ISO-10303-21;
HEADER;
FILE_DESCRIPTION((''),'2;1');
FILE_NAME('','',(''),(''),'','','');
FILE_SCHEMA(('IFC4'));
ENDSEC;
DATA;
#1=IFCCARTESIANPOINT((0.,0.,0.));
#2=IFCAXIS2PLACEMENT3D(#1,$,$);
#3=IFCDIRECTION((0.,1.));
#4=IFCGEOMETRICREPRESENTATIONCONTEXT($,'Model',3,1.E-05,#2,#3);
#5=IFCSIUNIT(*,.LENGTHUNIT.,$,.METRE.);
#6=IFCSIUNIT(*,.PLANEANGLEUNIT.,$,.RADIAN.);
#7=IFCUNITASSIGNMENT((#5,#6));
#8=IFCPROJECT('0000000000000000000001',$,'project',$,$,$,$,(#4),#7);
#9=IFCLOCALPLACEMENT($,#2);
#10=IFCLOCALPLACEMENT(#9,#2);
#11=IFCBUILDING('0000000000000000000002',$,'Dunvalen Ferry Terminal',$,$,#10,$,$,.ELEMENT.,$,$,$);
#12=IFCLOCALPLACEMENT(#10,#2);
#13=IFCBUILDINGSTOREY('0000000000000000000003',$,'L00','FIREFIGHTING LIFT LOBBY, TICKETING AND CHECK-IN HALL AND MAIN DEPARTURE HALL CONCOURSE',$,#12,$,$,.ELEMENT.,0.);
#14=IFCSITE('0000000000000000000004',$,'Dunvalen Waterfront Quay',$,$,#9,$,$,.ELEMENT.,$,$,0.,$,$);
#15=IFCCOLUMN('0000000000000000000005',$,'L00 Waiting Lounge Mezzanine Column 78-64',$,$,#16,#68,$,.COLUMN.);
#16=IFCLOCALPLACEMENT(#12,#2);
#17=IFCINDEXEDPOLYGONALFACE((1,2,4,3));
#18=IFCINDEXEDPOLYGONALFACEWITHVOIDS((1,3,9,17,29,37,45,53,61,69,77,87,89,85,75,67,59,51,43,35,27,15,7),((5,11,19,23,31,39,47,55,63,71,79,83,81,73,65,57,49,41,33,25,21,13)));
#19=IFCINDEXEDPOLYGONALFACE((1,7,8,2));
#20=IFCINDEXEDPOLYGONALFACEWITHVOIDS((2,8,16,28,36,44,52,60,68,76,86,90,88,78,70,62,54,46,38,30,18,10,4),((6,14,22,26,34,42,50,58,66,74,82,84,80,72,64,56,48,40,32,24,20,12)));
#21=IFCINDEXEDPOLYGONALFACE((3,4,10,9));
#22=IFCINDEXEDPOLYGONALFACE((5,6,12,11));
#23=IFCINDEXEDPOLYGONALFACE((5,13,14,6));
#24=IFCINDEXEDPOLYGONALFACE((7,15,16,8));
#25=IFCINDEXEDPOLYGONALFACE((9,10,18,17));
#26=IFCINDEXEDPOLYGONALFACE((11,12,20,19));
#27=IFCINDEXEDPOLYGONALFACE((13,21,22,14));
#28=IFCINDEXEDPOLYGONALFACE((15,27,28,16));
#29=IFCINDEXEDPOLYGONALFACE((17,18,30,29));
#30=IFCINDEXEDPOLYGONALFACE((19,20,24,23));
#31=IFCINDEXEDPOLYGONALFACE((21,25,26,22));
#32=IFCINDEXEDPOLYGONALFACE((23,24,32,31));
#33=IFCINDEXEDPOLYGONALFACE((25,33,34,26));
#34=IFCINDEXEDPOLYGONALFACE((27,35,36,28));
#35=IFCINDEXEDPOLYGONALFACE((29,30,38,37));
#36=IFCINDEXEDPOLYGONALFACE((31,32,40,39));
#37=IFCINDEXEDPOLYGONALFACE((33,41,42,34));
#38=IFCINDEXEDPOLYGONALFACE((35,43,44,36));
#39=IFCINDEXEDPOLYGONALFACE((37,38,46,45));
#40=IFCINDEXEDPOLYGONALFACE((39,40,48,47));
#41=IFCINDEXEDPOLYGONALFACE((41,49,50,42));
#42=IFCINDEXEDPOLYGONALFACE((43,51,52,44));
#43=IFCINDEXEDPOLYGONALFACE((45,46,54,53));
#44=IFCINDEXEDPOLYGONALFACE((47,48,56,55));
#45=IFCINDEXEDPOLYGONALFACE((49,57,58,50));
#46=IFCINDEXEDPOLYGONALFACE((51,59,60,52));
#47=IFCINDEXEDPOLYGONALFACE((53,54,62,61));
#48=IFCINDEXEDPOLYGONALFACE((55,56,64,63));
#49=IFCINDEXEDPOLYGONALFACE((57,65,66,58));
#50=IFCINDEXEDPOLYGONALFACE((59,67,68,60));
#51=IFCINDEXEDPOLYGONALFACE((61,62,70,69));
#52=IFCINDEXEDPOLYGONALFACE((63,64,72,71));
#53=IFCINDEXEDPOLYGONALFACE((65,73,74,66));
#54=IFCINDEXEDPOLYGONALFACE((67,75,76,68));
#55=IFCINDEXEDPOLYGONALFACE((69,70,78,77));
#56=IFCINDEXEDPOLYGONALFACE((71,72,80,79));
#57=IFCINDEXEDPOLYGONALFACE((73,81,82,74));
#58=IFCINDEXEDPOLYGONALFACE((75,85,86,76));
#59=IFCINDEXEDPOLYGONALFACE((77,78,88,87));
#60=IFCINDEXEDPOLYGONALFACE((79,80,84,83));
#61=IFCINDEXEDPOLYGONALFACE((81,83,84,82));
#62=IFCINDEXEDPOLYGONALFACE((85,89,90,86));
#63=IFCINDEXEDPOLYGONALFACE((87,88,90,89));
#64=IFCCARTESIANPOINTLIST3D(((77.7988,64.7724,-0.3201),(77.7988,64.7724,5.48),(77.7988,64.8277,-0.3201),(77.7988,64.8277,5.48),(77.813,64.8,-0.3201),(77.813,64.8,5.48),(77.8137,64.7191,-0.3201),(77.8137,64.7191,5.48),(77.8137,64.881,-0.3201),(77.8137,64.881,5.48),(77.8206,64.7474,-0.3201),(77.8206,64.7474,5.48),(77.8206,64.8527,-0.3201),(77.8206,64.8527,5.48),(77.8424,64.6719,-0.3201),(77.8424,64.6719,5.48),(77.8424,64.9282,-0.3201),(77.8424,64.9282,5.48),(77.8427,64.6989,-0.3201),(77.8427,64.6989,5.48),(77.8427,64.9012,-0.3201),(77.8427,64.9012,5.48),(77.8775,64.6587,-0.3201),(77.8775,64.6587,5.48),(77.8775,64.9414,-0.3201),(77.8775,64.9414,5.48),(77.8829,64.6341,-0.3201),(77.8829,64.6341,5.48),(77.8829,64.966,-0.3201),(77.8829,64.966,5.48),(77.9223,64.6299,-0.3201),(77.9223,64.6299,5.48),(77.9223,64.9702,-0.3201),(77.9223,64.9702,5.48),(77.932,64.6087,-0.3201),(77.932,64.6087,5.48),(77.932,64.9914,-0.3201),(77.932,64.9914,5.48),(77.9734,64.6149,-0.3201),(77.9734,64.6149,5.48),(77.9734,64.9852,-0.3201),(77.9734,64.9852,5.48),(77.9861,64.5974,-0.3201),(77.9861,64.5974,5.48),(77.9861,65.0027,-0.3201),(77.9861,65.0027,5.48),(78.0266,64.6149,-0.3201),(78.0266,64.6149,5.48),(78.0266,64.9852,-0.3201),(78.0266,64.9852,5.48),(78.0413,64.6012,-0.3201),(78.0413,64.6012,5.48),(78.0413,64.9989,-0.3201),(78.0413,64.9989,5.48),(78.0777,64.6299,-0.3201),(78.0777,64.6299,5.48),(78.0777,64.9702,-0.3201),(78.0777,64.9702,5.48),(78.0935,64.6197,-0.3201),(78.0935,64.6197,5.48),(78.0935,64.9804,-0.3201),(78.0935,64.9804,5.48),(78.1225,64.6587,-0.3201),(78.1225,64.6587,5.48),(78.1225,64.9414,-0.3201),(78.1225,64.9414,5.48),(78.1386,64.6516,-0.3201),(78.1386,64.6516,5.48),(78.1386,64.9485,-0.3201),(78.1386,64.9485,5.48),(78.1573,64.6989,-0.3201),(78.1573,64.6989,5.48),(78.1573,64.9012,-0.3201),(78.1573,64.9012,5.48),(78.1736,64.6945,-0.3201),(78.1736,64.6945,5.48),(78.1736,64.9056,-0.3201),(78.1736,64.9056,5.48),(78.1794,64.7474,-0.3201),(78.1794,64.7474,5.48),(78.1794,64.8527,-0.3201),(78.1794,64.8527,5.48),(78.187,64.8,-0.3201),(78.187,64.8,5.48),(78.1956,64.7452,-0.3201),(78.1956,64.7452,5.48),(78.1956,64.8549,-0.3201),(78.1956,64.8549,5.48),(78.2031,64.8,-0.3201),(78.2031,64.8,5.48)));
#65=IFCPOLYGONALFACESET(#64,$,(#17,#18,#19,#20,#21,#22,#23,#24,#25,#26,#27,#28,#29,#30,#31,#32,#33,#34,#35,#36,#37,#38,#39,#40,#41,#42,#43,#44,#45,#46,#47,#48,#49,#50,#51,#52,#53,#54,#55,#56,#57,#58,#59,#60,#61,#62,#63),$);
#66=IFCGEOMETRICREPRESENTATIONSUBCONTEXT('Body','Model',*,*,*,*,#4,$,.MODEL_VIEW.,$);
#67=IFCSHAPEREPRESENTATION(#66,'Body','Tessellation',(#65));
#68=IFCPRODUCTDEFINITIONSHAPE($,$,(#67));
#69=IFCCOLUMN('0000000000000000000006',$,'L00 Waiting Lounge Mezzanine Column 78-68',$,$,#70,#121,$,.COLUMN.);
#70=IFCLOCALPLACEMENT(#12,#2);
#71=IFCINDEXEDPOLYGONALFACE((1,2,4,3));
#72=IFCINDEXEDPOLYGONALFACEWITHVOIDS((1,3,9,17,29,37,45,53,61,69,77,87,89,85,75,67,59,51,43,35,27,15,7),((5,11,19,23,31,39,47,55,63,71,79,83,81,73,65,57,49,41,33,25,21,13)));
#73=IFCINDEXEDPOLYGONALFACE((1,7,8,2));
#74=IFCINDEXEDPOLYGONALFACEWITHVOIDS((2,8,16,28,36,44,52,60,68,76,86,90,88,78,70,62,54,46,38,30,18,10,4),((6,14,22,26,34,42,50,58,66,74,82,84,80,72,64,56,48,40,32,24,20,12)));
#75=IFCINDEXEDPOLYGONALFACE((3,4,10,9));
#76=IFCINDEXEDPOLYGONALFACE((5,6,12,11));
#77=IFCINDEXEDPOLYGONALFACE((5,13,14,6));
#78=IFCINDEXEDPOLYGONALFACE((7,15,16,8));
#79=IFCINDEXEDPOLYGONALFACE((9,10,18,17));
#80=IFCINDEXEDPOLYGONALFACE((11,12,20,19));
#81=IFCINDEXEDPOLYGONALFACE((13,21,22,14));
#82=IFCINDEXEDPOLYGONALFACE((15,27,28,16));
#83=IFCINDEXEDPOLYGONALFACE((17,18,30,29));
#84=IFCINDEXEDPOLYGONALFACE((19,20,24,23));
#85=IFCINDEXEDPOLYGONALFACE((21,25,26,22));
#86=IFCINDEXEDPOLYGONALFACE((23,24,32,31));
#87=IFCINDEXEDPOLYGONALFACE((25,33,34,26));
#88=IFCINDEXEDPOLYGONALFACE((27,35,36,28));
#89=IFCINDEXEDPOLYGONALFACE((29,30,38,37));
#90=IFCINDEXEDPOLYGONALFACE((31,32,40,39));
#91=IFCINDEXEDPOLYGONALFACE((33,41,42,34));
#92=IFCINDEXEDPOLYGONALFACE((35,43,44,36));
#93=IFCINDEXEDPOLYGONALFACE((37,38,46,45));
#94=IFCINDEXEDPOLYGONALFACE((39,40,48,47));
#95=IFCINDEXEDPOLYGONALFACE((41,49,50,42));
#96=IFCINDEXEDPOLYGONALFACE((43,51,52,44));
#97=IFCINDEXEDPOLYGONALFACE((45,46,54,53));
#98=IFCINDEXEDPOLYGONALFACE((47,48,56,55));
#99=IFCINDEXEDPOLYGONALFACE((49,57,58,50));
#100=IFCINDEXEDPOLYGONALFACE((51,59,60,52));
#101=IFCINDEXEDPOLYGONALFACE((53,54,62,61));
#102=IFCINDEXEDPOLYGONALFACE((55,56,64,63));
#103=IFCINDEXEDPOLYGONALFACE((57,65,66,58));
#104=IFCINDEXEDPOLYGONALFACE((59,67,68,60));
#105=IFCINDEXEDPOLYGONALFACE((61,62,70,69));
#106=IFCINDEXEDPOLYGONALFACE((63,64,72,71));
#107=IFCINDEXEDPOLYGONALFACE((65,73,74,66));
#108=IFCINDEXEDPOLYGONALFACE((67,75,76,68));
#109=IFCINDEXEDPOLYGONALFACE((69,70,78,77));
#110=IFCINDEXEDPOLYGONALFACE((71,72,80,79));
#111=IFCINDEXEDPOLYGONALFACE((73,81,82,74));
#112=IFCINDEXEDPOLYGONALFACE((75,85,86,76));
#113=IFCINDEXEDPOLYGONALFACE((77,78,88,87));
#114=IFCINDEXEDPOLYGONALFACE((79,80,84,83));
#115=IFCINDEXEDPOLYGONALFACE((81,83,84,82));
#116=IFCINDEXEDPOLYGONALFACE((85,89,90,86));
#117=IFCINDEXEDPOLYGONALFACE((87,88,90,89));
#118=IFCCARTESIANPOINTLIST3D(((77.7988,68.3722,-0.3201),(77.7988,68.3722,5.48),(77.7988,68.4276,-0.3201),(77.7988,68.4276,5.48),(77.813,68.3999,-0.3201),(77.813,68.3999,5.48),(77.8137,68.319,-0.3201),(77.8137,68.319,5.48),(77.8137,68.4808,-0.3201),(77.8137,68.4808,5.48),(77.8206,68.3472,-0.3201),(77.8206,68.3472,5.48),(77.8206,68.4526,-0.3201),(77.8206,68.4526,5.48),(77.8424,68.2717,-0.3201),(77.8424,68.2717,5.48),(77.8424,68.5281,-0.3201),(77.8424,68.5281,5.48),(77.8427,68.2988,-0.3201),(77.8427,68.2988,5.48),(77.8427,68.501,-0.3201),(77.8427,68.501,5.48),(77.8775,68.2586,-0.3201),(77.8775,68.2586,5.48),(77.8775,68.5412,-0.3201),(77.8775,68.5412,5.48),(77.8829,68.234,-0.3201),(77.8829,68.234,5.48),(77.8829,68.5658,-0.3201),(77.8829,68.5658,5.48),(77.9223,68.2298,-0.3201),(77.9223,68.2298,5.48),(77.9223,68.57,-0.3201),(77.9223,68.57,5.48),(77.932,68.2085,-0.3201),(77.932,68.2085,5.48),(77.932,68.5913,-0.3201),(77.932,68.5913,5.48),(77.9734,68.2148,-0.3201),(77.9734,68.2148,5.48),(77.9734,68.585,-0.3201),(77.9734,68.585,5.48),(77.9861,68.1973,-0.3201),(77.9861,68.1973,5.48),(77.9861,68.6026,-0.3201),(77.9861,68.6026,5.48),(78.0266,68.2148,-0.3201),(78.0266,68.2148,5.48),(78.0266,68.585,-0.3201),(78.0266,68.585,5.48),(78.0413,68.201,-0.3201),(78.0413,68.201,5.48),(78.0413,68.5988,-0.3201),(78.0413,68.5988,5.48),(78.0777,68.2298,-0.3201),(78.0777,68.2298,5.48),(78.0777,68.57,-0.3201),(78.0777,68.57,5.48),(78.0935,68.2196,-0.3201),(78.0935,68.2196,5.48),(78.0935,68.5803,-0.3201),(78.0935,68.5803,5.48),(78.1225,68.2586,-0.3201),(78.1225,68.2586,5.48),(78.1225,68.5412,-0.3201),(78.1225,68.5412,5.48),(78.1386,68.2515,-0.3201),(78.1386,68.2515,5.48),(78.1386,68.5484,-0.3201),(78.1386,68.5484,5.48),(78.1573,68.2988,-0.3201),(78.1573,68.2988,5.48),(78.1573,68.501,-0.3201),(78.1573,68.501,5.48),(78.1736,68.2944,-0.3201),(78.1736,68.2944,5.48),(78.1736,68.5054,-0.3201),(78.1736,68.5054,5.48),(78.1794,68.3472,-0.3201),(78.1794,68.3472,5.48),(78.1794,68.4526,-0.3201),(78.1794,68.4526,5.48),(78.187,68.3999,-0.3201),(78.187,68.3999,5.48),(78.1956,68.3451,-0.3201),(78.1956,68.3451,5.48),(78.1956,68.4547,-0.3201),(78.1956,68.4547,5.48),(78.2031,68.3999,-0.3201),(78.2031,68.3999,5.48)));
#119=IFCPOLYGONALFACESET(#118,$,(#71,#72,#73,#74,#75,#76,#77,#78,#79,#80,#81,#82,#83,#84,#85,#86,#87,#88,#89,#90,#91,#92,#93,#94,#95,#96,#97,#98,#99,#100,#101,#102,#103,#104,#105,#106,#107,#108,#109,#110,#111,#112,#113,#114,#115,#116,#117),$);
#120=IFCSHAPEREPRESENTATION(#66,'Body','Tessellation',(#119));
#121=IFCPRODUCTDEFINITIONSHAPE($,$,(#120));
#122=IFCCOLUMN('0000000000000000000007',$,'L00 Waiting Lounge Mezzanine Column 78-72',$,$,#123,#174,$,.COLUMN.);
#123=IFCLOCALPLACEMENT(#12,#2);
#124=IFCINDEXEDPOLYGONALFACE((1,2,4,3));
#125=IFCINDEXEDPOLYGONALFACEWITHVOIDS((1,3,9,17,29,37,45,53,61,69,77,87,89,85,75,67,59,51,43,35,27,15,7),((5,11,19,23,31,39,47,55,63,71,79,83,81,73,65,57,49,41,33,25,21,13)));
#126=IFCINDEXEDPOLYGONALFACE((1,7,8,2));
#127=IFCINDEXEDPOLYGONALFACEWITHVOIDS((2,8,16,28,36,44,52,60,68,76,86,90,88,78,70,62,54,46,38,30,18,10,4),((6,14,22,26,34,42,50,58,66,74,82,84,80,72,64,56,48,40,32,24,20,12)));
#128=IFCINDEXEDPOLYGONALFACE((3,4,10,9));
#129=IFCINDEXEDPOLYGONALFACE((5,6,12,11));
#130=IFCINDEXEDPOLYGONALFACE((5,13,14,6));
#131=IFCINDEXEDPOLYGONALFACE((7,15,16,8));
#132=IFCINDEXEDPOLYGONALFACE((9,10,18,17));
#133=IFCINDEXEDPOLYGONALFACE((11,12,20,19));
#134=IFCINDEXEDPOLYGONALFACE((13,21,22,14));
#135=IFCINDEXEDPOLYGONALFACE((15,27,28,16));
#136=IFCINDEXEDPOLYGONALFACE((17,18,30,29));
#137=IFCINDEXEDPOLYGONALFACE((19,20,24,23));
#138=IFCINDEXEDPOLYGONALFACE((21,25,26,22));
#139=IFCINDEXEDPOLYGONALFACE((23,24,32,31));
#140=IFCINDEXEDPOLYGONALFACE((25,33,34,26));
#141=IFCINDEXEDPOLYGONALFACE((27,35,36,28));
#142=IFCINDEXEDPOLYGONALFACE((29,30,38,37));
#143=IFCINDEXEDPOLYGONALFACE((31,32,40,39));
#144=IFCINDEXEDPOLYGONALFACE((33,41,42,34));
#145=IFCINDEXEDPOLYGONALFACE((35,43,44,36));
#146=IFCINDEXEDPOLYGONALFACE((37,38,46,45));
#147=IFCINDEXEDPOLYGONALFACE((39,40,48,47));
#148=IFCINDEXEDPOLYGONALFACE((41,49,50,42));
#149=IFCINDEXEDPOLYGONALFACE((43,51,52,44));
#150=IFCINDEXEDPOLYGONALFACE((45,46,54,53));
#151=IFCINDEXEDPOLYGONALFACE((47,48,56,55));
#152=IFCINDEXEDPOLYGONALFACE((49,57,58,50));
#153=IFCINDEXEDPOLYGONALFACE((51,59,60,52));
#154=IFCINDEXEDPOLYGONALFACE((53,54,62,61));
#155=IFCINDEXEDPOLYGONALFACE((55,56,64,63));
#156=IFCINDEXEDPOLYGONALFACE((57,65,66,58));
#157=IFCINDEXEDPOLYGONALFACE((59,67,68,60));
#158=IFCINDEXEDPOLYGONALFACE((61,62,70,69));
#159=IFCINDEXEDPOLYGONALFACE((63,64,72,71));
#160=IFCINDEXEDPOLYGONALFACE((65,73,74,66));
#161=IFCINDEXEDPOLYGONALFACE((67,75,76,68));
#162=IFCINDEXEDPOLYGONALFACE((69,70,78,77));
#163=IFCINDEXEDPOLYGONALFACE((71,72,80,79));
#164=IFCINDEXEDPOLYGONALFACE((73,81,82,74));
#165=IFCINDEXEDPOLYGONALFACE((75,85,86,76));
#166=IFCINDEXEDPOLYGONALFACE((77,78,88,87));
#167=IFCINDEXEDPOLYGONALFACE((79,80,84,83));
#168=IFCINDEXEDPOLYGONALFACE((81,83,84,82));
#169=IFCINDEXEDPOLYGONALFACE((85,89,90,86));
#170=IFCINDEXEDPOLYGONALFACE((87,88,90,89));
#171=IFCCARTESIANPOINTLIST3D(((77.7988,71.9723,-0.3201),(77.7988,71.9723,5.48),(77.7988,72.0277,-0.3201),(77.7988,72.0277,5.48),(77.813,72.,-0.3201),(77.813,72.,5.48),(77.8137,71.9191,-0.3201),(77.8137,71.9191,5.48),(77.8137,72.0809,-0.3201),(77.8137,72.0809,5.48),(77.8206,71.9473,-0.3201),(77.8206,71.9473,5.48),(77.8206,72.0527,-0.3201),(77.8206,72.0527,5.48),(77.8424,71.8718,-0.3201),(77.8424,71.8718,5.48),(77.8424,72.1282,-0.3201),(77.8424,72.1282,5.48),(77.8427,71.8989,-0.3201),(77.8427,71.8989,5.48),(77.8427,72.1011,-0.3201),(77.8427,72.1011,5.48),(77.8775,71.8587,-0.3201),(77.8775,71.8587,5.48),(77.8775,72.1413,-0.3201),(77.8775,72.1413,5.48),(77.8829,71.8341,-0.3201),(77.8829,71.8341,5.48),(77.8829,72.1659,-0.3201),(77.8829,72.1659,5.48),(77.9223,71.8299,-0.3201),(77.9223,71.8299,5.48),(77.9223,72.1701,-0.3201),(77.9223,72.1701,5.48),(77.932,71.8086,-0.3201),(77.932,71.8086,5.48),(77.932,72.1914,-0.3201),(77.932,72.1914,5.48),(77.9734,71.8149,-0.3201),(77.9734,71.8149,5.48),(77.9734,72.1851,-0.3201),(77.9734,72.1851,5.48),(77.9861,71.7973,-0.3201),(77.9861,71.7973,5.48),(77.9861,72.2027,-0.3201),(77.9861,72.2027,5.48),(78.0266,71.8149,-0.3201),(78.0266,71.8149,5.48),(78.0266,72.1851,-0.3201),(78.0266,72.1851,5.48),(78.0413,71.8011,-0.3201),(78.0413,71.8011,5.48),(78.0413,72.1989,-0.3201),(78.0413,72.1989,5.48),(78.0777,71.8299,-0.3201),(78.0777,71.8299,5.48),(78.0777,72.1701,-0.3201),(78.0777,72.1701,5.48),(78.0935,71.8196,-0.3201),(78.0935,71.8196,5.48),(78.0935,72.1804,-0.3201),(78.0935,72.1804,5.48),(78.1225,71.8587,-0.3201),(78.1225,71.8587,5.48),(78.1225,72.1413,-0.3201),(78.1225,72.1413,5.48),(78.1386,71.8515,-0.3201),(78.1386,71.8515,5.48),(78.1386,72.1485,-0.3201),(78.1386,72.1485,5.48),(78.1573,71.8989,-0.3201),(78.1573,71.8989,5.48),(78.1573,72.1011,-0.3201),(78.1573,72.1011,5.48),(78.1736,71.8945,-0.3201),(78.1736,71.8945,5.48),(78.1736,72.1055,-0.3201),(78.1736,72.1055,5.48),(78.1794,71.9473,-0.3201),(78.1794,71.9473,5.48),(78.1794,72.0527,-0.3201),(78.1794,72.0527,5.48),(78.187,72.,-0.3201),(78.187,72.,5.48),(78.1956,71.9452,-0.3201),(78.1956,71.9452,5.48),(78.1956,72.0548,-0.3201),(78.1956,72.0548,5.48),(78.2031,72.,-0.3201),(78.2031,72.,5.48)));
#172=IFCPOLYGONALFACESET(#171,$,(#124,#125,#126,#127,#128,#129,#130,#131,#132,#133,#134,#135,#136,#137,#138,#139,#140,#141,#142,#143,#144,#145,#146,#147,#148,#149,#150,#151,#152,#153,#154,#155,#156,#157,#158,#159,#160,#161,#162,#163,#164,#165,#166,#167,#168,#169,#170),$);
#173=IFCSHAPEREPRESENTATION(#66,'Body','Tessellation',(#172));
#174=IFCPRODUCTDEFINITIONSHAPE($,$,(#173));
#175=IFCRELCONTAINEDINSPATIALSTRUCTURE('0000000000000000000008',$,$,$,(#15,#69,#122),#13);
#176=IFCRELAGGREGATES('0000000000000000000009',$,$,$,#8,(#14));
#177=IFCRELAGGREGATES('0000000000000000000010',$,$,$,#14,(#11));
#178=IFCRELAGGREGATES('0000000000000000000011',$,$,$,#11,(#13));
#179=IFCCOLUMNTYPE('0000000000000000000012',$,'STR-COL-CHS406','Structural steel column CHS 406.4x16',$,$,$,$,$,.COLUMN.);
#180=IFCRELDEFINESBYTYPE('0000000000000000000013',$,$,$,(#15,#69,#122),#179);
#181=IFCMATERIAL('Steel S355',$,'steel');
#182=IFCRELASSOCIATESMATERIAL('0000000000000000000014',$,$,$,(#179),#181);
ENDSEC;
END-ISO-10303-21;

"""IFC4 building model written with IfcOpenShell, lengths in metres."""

from ifc_helpers import new_model, si_unit, direction, frame, origin, origin_2d, place, context, subcontext, project, spatial, hollow_circle, extrude, material, material_profile, profile_set, type_object, element, save


model = new_model("IFC4")

# Units and contexts
model_context = context("Model", 3, precision=1e-05, world=origin(), true_north=direction((0.0, 1.0)))
body_context = subcontext(model_context, "Body", "Model", "MODEL_VIEW")
ifc_project = project(units=[si_unit("LENGTHUNIT", "METRE"), si_unit("PLANEANGLEUNIT", "RADIAN")], contexts=[model_context])

# Site, building, storey
site_placement = place(None, origin())
site = spatial("IfcSite", under=ifc_project, at=site_placement, Name="Dunvalen Waterfront Quay", CompositionType="ELEMENT", RefElevation=0.0)
building_placement = place(site_placement, origin())
building = spatial("IfcBuilding", under=site, at=building_placement, Name="Dunvalen Ferry Terminal", CompositionType="ELEMENT")
storey_placement = place(building_placement, origin())
storey = spatial("IfcBuildingStorey", under=building, at=storey_placement, Name="L00", Description="FIREFIGHTING LIFT LOBBY, TICKETING AND CHECK-IN HALL AND MAIN DEPARTURE HALL CONCOURSE", CompositionType="ELEMENT", Elevation=0.0)

# Columns
ifc_material_1 = material(Name="Steel S355", Category="steel")
ifc_material_profile_1 = material_profile(ifc_material_1, hollow_circle(Radius=0.2031, WallThickness=0.0161, at=origin_2d()), Name="Steel S355")
ifc_profile_set_1 = profile_set([ifc_material_profile_1], Name="Steel S355")
column_type_1 = type_object("IfcColumnType", Name="STR-COL-CHS406", Description="Structural steel column CHS 406.4x16", PredefinedType="COLUMN", material=ifc_profile_set_1)
for number, where, z_axis, x_axis, name in (
    (1, (78.0, 64.8, -0.3201), (0.0, 0.0, 1.0), (1.0, 0.0, 0.0), "L00 Waiting Lounge Mezzanine Column 78-64"),
    (2, (78.0, 68.3999, -0.3201), (0.0, 0.0, 1.0), (1.0, 0.0, 0.0), "L00 Waiting Lounge Mezzanine Column 78-68"),
    (3, (78.0, 72.0, -0.3201), (0.0, 0.0, 1.0), (1.0, 0.0, 0.0), "L00 Waiting Lounge Mezzanine Column 78-72"),
):
    element("IfcColumn", number, at=place(storey_placement, frame(where, z_axis=z_axis, x_axis=x_axis)), inside=storey, type_object=column_type_1, Name=name, PredefinedType="COLUMN", context=body_context, shape_type="SweptSolid", body=[
        extrude(hollow_circle(Radius=0.2031, WallThickness=0.0161, at=origin_2d()), origin(), (0.0, 0.0, 1.0), 5.8),
    ])

save(model, "model.ifc")
